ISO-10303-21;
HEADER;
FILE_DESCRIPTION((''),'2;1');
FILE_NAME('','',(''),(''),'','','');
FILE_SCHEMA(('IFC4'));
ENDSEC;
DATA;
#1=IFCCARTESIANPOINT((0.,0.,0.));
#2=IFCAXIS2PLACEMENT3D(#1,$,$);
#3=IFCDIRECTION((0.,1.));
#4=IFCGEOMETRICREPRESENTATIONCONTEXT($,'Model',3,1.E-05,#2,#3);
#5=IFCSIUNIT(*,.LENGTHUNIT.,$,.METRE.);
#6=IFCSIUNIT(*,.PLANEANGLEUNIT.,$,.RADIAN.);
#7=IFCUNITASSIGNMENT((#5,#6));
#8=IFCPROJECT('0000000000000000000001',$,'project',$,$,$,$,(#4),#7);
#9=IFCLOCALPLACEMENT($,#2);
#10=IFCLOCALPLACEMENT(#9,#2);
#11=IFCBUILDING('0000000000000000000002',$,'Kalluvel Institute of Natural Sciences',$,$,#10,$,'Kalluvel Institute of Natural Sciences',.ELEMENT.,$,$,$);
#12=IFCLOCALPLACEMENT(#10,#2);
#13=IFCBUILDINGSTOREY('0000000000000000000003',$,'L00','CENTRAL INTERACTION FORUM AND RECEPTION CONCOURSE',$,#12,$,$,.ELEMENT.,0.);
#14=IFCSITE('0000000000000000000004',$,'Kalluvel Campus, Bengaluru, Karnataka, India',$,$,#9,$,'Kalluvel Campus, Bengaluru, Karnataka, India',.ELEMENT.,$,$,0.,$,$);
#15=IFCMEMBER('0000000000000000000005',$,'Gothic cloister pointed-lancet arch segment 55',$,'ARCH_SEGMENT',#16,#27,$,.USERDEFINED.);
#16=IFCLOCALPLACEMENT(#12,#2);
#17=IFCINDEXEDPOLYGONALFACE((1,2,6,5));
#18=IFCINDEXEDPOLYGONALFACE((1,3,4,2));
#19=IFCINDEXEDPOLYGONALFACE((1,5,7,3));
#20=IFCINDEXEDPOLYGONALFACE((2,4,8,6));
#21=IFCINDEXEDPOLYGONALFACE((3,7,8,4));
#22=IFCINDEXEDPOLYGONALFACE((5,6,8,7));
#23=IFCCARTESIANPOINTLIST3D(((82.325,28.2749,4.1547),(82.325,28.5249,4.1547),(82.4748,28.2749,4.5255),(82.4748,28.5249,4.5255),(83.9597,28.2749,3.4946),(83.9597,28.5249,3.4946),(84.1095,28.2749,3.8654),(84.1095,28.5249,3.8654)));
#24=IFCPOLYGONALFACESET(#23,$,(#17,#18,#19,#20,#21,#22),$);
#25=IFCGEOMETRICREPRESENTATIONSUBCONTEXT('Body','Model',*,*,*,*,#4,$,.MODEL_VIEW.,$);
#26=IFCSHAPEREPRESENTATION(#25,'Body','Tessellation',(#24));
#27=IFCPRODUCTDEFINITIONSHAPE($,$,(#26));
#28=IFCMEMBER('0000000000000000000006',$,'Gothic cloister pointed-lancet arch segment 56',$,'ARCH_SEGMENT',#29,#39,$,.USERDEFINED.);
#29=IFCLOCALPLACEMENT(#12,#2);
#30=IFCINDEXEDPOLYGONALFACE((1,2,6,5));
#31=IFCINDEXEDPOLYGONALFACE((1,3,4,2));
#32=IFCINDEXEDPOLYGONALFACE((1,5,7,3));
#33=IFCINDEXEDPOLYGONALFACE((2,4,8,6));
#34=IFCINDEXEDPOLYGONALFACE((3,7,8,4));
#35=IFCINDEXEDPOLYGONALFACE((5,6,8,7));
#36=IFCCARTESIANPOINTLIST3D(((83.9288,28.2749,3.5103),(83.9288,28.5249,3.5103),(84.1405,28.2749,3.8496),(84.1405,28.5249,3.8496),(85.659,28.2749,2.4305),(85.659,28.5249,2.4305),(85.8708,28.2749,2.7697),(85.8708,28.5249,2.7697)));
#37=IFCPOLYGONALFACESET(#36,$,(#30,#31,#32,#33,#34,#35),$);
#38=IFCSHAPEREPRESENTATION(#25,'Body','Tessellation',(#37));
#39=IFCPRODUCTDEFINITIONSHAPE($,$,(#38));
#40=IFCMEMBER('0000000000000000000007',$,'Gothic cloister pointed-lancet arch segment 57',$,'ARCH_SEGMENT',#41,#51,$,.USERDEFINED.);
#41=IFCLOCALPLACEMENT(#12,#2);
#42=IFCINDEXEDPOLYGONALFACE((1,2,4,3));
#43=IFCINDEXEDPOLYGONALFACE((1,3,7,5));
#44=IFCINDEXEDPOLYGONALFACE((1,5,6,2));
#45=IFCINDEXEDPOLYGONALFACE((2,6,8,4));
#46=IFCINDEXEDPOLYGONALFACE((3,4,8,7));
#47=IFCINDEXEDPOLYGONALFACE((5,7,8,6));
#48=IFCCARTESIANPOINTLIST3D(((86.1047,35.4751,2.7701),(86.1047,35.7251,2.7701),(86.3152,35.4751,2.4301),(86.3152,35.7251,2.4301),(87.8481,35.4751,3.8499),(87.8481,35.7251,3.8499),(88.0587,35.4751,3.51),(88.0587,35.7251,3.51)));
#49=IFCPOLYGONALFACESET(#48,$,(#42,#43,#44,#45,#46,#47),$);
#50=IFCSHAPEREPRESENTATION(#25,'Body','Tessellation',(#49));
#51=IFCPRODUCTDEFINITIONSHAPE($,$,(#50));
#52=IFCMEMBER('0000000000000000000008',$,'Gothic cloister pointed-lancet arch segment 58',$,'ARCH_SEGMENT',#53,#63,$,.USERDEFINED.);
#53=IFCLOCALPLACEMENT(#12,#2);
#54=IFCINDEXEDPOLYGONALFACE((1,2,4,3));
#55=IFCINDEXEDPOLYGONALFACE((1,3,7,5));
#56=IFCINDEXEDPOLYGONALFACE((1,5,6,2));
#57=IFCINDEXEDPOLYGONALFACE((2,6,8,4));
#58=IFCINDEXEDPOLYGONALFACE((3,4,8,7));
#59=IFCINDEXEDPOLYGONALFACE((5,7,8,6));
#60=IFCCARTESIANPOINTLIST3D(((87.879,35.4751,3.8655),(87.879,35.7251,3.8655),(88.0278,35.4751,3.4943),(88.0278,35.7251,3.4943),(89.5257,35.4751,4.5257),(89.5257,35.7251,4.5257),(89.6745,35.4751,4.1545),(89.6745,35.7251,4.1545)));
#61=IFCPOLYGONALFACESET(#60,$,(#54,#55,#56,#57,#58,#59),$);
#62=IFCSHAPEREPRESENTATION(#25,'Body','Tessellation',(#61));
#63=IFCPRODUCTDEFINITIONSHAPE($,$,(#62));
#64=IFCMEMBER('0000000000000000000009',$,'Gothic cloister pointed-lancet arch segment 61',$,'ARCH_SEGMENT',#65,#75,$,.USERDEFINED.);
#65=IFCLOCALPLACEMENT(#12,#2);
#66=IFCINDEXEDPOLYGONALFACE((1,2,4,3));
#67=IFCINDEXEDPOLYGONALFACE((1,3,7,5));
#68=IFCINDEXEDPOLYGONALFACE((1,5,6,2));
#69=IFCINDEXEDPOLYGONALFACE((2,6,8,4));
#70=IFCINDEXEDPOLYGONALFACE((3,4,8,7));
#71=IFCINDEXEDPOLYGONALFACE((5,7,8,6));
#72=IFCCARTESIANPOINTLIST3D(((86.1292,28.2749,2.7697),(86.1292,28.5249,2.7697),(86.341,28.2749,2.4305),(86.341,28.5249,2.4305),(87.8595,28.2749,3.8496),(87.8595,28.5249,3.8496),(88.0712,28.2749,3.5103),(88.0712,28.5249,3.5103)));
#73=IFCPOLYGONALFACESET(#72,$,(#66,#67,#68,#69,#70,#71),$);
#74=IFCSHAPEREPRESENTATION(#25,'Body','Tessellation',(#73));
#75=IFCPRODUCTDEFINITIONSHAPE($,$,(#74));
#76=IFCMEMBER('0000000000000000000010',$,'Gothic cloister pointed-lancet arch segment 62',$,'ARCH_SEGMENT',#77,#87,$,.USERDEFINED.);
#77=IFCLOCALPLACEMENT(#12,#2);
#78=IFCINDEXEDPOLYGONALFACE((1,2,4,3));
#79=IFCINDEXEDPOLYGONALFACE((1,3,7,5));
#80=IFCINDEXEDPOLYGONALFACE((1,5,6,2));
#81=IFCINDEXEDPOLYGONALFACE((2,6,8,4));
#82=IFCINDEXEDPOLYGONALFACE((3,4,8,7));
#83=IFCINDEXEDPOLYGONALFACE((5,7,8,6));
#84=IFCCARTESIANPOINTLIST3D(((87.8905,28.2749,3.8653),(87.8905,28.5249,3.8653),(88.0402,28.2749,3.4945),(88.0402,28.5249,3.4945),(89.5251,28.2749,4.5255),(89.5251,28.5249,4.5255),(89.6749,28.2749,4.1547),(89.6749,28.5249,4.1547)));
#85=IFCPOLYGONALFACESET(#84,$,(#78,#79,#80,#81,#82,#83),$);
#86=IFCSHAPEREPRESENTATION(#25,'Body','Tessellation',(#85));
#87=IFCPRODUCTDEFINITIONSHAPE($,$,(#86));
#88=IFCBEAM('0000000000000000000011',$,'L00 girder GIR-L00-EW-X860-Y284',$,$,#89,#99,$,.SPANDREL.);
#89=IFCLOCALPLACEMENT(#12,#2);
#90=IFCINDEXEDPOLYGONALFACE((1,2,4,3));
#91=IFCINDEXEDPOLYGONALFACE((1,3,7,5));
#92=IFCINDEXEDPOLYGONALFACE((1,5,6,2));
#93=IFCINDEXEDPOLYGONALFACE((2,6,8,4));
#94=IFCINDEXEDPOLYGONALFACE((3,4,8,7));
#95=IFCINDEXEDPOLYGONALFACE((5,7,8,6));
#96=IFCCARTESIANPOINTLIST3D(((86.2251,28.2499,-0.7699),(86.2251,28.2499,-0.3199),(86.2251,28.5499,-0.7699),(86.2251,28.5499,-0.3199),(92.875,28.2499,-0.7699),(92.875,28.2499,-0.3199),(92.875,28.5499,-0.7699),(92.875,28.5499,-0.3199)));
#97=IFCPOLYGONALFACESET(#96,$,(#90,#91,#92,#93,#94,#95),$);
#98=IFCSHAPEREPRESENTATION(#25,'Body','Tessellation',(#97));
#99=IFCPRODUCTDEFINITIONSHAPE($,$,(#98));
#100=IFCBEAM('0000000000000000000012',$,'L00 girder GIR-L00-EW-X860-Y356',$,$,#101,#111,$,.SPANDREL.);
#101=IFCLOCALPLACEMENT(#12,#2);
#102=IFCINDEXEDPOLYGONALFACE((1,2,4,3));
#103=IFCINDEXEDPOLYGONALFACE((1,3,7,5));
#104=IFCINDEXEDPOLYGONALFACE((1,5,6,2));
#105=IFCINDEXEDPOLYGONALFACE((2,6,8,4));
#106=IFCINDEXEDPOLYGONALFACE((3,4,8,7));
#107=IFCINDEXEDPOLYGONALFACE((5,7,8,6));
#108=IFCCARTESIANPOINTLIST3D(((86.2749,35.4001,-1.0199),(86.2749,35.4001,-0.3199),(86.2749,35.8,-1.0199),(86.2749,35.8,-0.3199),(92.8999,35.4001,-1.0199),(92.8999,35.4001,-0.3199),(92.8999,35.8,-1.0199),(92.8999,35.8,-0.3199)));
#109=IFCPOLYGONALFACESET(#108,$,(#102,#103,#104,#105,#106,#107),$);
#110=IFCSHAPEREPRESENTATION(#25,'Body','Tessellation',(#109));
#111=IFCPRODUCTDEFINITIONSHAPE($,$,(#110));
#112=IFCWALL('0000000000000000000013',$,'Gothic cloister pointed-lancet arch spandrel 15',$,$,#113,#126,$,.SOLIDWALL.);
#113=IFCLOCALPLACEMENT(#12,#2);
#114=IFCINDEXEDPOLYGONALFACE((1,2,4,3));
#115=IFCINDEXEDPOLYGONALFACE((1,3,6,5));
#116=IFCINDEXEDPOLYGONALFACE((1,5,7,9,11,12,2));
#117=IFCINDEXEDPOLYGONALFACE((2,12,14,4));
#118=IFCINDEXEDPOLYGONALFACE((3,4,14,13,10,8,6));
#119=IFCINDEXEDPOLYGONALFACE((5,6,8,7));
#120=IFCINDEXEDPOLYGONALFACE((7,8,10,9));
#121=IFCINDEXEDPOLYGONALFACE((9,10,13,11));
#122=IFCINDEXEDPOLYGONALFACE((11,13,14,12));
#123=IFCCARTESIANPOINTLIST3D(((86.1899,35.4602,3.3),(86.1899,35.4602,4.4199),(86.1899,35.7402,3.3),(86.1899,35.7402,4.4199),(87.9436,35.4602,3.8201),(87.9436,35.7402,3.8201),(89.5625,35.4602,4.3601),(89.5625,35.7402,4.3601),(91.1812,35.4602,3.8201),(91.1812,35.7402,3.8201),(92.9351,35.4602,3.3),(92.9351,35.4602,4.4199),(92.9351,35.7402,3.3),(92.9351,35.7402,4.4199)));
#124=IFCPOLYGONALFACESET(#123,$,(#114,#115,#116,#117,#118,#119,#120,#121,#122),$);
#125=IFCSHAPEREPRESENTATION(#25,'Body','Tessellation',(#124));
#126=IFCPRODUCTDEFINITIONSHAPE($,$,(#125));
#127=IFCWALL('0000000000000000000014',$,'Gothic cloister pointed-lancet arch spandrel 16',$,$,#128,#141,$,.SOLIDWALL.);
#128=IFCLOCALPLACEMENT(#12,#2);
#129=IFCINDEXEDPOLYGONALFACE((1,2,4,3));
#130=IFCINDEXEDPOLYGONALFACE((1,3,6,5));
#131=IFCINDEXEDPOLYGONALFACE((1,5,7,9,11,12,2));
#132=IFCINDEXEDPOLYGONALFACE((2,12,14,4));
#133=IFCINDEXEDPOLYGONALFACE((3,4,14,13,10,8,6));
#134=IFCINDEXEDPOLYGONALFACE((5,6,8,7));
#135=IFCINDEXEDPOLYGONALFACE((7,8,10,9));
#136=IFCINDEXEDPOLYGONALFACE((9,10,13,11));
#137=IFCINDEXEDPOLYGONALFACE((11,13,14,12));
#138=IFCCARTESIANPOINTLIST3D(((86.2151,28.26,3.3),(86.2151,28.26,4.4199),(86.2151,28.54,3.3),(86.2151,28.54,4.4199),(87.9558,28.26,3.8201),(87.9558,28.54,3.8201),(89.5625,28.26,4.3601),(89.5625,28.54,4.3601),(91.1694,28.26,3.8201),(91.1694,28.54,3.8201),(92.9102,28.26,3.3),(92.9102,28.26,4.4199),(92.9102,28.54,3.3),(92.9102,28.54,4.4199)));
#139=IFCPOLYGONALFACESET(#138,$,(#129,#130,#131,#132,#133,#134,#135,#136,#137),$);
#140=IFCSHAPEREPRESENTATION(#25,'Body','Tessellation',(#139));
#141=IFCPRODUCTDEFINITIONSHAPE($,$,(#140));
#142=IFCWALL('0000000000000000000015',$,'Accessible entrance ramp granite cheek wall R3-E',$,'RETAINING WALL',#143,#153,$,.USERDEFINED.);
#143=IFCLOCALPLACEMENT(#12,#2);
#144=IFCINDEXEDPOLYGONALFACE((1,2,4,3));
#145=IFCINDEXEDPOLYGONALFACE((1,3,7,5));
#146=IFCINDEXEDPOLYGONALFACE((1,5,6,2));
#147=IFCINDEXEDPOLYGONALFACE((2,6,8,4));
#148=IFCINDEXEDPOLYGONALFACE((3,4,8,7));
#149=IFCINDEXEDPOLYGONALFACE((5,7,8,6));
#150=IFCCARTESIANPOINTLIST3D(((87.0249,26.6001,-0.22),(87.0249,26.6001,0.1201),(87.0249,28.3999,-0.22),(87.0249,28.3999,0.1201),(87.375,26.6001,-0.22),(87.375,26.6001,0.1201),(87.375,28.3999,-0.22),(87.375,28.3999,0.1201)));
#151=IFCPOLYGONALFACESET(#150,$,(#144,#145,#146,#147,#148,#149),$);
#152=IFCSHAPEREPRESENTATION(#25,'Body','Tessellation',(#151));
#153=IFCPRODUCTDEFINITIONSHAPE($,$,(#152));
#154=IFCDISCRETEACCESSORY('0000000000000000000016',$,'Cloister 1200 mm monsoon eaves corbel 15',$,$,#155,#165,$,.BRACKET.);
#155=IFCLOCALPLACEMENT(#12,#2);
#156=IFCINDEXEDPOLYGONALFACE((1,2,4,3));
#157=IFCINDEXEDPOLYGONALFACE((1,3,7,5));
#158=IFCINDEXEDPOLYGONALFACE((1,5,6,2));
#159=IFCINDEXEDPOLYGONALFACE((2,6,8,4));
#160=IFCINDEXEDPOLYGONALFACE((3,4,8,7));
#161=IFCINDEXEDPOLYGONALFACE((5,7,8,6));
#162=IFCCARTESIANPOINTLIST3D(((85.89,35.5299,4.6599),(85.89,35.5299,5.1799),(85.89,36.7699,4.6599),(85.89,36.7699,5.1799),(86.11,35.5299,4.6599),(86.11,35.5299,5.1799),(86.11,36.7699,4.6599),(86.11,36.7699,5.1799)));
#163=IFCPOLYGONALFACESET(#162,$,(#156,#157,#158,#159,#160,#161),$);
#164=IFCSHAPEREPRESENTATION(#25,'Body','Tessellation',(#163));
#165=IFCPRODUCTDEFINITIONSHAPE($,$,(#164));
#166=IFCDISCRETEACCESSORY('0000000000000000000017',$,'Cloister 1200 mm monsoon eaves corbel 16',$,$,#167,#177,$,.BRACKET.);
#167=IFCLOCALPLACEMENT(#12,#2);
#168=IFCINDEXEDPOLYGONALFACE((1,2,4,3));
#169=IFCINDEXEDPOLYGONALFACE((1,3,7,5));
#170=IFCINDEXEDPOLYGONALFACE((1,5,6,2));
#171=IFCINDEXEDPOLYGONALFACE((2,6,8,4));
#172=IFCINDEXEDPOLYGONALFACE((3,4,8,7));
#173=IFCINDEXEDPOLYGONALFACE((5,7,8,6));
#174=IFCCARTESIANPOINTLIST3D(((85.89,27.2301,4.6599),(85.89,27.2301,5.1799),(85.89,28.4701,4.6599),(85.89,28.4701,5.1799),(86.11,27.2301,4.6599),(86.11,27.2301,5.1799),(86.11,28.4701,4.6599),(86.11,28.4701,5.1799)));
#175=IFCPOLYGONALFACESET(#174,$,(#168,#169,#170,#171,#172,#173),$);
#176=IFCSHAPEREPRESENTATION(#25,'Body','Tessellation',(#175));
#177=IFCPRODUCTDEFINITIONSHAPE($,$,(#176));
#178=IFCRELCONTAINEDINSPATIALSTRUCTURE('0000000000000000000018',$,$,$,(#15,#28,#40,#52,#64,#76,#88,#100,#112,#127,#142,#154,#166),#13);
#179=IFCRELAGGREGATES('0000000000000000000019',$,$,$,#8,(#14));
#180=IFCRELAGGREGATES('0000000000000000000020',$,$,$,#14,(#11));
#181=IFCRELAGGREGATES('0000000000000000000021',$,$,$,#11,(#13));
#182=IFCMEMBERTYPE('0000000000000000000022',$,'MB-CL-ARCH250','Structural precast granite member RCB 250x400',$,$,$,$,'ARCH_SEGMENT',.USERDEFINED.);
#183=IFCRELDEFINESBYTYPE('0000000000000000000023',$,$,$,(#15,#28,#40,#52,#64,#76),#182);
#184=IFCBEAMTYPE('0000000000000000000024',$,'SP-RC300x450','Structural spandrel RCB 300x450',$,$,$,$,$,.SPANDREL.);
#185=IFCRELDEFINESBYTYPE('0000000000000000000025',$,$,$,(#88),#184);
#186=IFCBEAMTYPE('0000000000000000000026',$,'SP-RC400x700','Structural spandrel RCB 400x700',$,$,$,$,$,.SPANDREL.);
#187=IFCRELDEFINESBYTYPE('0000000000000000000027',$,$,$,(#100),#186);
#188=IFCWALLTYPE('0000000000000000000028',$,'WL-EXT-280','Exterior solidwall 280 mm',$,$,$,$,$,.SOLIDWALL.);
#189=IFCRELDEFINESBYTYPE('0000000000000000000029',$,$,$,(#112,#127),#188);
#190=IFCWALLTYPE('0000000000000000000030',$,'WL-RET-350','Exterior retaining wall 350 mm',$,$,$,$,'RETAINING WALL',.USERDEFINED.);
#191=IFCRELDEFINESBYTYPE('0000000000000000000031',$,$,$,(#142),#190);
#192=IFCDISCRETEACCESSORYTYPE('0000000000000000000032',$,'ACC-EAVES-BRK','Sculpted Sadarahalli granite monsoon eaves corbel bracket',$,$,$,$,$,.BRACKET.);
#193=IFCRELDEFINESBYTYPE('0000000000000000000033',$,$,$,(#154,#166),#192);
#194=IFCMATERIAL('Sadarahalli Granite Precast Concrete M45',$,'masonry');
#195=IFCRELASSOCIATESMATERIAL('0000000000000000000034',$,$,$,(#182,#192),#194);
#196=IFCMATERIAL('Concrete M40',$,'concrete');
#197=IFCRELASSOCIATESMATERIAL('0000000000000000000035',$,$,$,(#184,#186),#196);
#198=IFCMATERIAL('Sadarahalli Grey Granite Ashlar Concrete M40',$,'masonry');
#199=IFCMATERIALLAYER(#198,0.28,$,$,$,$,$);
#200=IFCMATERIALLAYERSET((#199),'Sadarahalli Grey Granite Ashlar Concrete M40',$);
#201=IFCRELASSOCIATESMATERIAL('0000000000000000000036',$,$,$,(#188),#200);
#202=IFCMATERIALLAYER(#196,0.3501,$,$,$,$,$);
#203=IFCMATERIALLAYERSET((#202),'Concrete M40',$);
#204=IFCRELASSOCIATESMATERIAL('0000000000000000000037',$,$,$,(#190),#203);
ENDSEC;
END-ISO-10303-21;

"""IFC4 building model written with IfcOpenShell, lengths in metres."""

from ifc_helpers import new_model, si_unit, direction, frame, frame_2d, origin, origin_2d, place, context, subcontext, project, spatial, polyline, rectangle, outline, extrude, material, layer, layer_set, material_profile, profile_set, type_object, element, save


model = new_model("IFC4")

# Units and contexts
model_context = context("Model", 3, precision=1e-05, world=origin(), true_north=direction((0.0, 1.0)))
body_context = subcontext(model_context, "Body", "Model", "MODEL_VIEW")
ifc_project = project(units=[si_unit("LENGTHUNIT", "METRE"), si_unit("PLANEANGLEUNIT", "RADIAN")], contexts=[model_context])

# Site, building, storey
site_placement = place(None, origin())
site = spatial("IfcSite", under=ifc_project, at=site_placement, Name="Kalluvel Campus, Bengaluru, Karnataka, India", LongName="Kalluvel Campus, Bengaluru, Karnataka, India", CompositionType="ELEMENT", RefElevation=0.0)
building_placement = place(site_placement, origin())
building = spatial("IfcBuilding", under=site, at=building_placement, Name="Kalluvel Institute of Natural Sciences", LongName="Kalluvel Institute of Natural Sciences", CompositionType="ELEMENT")
storey_placement = place(building_placement, origin())
storey = spatial("IfcBuildingStorey", under=building, at=storey_placement, Name="L00", Description="CENTRAL INTERACTION FORUM AND RECEPTION CONCOURSE", CompositionType="ELEMENT", Elevation=0.0)

# Shared definitions
ifc_material_1 = material(Name="Concrete M40", Category="concrete")

# Members
ifc_material_2 = material(Name="Sadarahalli Granite Precast Concrete M45", Category="masonry")
ifc_material_profile_1 = material_profile(ifc_material_2, rectangle(XDim=0.25, YDim=0.3999, at=origin_2d()), Name="RCB 250x400")
ifc_profile_set_1 = profile_set([ifc_material_profile_1], Name="Sadarahalli Granite Precast Concrete M45")
member_type = type_object("IfcMemberType", Name="MB-CL-ARCH250", Description="Structural precast granite member RCB 250x400", ElementType="ARCH_SEGMENT", PredefinedType="USERDEFINED", material=ifc_profile_set_1)
member_1_placement = place(storey_placement, frame((82.3999, 28.3999, 4.3401), z_axis=(0.927249, 0.0, -0.374445), x_axis=(0.0, 1.0, 0.0)))
element("IfcMember", 1, at=member_1_placement, inside=storey, type_object=member_type, Name="Gothic cloister pointed-lancet arch segment 55", ObjectType="ARCH_SEGMENT", PredefinedType="USERDEFINED", context=body_context, shape_type="SweptSolid", body=[
    extrude(rectangle(XDim=0.25, YDim=0.3999, at=origin_2d()), origin(), (0.0, 0.0, 1.0), 1.7629),
])
member_2_placement = place(storey_placement, frame((84.0347, 28.3999, 3.6799), z_axis=(0.848341, 0.0, -0.52945), x_axis=(0.0, 1.0, 0.0)))
element("IfcMember", 2, at=member_2_placement, inside=storey, type_object=member_type, Name="Gothic cloister pointed-lancet arch segment 56", ObjectType="ARCH_SEGMENT", PredefinedType="USERDEFINED", context=body_context, shape_type="SweptSolid", body=[
    extrude(rectangle(XDim=0.25, YDim=0.3999, at=origin_2d()), origin(), (0.0, 0.0, 1.0), 2.0396),
])
member_3_placement = place(storey_placement, frame((86.21, 35.6001, 2.6001), z_axis=(0.850138, 0.0, 0.52656), x_axis=(0.0, 1.0, 0.0)))
element("IfcMember", 3, at=member_3_placement, inside=storey, type_object=member_type, Name="Gothic cloister pointed-lancet arch segment 57", ObjectType="ARCH_SEGMENT", PredefinedType="USERDEFINED", context=body_context, shape_type="SweptSolid", body=[
    extrude(rectangle(XDim=0.25, YDim=0.3999, at=origin_2d()), origin(), (0.0, 0.0, 1.0), 2.0508),
])
member_4_placement = place(storey_placement, frame((87.9534, 35.6001, 3.6799), z_axis=(0.928192, 0.0, 0.372102), x_axis=(0.0, 1.0, 0.0)))
element("IfcMember", 4, at=member_4_placement, inside=storey, type_object=member_type, Name="Gothic cloister pointed-lancet arch segment 58", ObjectType="ARCH_SEGMENT", PredefinedType="USERDEFINED", context=body_context, shape_type="SweptSolid", body=[
    extrude(rectangle(XDim=0.25, YDim=0.3999, at=origin_2d()), origin(), (0.0, 0.0, 1.0), 1.7742),
])
member_5_placement = place(storey_placement, frame((86.2351, 28.3999, 2.6001), z_axis=(0.848341, 0.0, 0.52945), x_axis=(0.0, 1.0, 0.0)))
element("IfcMember", 5, at=member_5_placement, inside=storey, type_object=member_type, Name="Gothic cloister pointed-lancet arch segment 61", ObjectType="ARCH_SEGMENT", PredefinedType="USERDEFINED", context=body_context, shape_type="SweptSolid", body=[
    extrude(rectangle(XDim=0.25, YDim=0.3999, at=origin_2d()), origin(), (0.0, 0.0, 1.0), 2.0396),
])
member_6_placement = place(storey_placement, frame((87.9653, 28.3999, 3.6799), z_axis=(0.927249, 0.0, 0.374445), x_axis=(0.0, 1.0, 0.0)))
element("IfcMember", 6, at=member_6_placement, inside=storey, type_object=member_type, Name="Gothic cloister pointed-lancet arch segment 62", ObjectType="ARCH_SEGMENT", PredefinedType="USERDEFINED", context=body_context, shape_type="SweptSolid", body=[
    extrude(rectangle(XDim=0.25, YDim=0.3999, at=origin_2d()), origin(), (0.0, 0.0, 1.0), 1.7629),
])

# Beams
ifc_material_profile_2 = material_profile(ifc_material_1, rectangle(XDim=0.3, YDim=0.45, at=origin_2d()), Name="RCB 300x450")
ifc_profile_set_2 = profile_set([ifc_material_profile_2], Name="Concrete M40")
beam_type_1 = type_object("IfcBeamType", Name="SP-RC300x450", Description="Structural spandrel RCB 300x450", PredefinedType="SPANDREL", material=ifc_profile_set_2)
beam_1_placement = place(storey_placement, frame((86.2251, 28.3999, -0.5449), z_axis=(1.0, 0.0, 0.0), x_axis=(0.0, 1.0, 0.0)))
element("IfcBeam", 7, at=beam_1_placement, inside=storey, type_object=beam_type_1, Name="L00 girder GIR-L00-EW-X860-Y284", PredefinedType="SPANDREL", context=body_context, shape_type="SweptSolid", body=[
    extrude(rectangle(XDim=0.3, YDim=0.45, at=origin_2d()), origin(), (0.0, 0.0, 1.0), 6.6499),
])
ifc_material_profile_3 = material_profile(ifc_material_1, rectangle(XDim=0.3999, YDim=0.7, at=origin_2d()), Name="RCB 400x700")
ifc_profile_set_3 = profile_set([ifc_material_profile_3], Name="Concrete M40")
beam_type_2 = type_object("IfcBeamType", Name="SP-RC400x700", Description="Structural spandrel RCB 400x700", PredefinedType="SPANDREL", material=ifc_profile_set_3)
beam_2_placement = place(storey_placement, frame((86.2749, 35.6001, -0.6699), z_axis=(1.0, 0.0, 0.0), x_axis=(0.0, 1.0, 0.0)))
element("IfcBeam", 8, at=beam_2_placement, inside=storey, type_object=beam_type_2, Name="L00 girder GIR-L00-EW-X860-Y356", PredefinedType="SPANDREL", context=body_context, shape_type="SweptSolid", body=[
    extrude(rectangle(XDim=0.3999, YDim=0.7, at=origin_2d()), origin(), (0.0, 0.0, 1.0), 6.625),
])

# Walls
ifc_material_3 = material(Name="Sadarahalli Grey Granite Ashlar Concrete M40", Category="masonry")
ifc_layer_1 = layer(ifc_material_3, 0.28)
ifc_layer_set_1 = layer_set([ifc_layer_1], Name="Sadarahalli Grey Granite Ashlar Concrete M40")
wall_type_1 = type_object("IfcWallType", Name="WL-EXT-280", Description="Exterior solidwall 280 mm", PredefinedType="SOLIDWALL", material=ifc_layer_set_1)
wall_1_placement = place(storey_placement, frame((86.1899, 35.6001, 3.3), z_axis=(0.0, 0.0, 1.0), x_axis=(1.0, 0.0, 0.0)))
element("IfcWall", 9, at=wall_1_placement, inside=storey, type_object=wall_type_1, Name="Gothic cloister pointed-lancet arch spandrel 15", PredefinedType="SOLIDWALL", context=body_context, shape_type="SweptSolid", body=[
    extrude(outline(polyline([(0.0, 0.0), (1.7537, 0.52), (3.3726, 1.0601), (4.9912, 0.52), (6.7451, 0.0), (6.7451, 1.1199), (0.0, 1.1199), (0.0, 0.0)])), frame((0.0, 0.1401, 0.0), z_axis=(0.0, -1.0, 0.0), x_axis=(1.0, 0.0, 0.0)), (0.0, 0.0, 1.0), 0.28),
])
wall_2_placement = place(storey_placement, frame((86.2151, 28.3999, 3.3), z_axis=(0.0, 0.0, 1.0), x_axis=(1.0, 0.0, 0.0)))
element("IfcWall", 10, at=wall_2_placement, inside=storey, type_object=wall_type_1, Name="Gothic cloister pointed-lancet arch spandrel 16", PredefinedType="SOLIDWALL", context=body_context, shape_type="SweptSolid", body=[
    extrude(outline(polyline([(0.0, 0.0), (1.7407, 0.52), (3.3474, 1.0601), (4.9543, 0.52), (6.6951, 0.0), (6.6951, 1.1199), (0.0, 1.1199), (0.0, 0.0)])), frame((0.0, 0.1401, 0.0), z_axis=(0.0, -1.0, 0.0), x_axis=(1.0, 0.0, 0.0)), (0.0, 0.0, 1.0), 0.28),
])
ifc_layer_2 = layer(ifc_material_1, 0.3501)
ifc_layer_set_2 = layer_set([ifc_layer_2], Name="Concrete M40")
wall_type_2 = type_object("IfcWallType", Name="WL-RET-350", Description="Exterior retaining wall 350 mm", ElementType="RETAINING WALL", PredefinedType="USERDEFINED", material=ifc_layer_set_2)
wall_3_placement = place(storey_placement, frame((87.2, 26.6001, -0.22), z_axis=(0.0, 0.0, 1.0), x_axis=(0.0, 1.0, 0.0)))
element("IfcWall", 11, at=wall_3_placement, inside=storey, type_object=wall_type_2, Name="Accessible entrance ramp granite cheek wall R3-E", ObjectType="RETAINING WALL", PredefinedType="USERDEFINED", context=body_context, shape_type="SweptSolid", body=[
    extrude(rectangle(XDim=1.7998, YDim=0.3501, at=frame_2d((0.8999, 0.0))), origin(), (0.0, 0.0, 1.0), 0.3401),
])

# Discrete accessories
discrete_accessory_type = type_object("IfcDiscreteAccessoryType", Name="ACC-EAVES-BRK", Description="Sculpted Sadarahalli granite monsoon eaves corbel bracket", PredefinedType="BRACKET", material=ifc_material_2)
for number, where, z_axis, x_axis, name in (
    (12, (86.0, 36.1499, 4.6599), (0.0, 0.0, 1.0), (1.0, 0.0, 0.0), "Cloister 1200 mm monsoon eaves corbel 15"),
    (13, (86.0, 27.8501, 4.6599), (0.0, 0.0, 1.0), (1.0, 0.0, 0.0), "Cloister 1200 mm monsoon eaves corbel 16"),
):
    element("IfcDiscreteAccessory", number, at=place(storey_placement, frame(where, z_axis=z_axis, x_axis=x_axis)), inside=storey, type_object=discrete_accessory_type, Name=name, PredefinedType="BRACKET", context=body_context, shape_type="SweptSolid", body=[
        extrude(rectangle(XDim=0.22, YDim=1.24, at=origin_2d()), origin(), (0.0, 0.0, 1.0), 0.52),
    ])

save(model, "model.ifc")
